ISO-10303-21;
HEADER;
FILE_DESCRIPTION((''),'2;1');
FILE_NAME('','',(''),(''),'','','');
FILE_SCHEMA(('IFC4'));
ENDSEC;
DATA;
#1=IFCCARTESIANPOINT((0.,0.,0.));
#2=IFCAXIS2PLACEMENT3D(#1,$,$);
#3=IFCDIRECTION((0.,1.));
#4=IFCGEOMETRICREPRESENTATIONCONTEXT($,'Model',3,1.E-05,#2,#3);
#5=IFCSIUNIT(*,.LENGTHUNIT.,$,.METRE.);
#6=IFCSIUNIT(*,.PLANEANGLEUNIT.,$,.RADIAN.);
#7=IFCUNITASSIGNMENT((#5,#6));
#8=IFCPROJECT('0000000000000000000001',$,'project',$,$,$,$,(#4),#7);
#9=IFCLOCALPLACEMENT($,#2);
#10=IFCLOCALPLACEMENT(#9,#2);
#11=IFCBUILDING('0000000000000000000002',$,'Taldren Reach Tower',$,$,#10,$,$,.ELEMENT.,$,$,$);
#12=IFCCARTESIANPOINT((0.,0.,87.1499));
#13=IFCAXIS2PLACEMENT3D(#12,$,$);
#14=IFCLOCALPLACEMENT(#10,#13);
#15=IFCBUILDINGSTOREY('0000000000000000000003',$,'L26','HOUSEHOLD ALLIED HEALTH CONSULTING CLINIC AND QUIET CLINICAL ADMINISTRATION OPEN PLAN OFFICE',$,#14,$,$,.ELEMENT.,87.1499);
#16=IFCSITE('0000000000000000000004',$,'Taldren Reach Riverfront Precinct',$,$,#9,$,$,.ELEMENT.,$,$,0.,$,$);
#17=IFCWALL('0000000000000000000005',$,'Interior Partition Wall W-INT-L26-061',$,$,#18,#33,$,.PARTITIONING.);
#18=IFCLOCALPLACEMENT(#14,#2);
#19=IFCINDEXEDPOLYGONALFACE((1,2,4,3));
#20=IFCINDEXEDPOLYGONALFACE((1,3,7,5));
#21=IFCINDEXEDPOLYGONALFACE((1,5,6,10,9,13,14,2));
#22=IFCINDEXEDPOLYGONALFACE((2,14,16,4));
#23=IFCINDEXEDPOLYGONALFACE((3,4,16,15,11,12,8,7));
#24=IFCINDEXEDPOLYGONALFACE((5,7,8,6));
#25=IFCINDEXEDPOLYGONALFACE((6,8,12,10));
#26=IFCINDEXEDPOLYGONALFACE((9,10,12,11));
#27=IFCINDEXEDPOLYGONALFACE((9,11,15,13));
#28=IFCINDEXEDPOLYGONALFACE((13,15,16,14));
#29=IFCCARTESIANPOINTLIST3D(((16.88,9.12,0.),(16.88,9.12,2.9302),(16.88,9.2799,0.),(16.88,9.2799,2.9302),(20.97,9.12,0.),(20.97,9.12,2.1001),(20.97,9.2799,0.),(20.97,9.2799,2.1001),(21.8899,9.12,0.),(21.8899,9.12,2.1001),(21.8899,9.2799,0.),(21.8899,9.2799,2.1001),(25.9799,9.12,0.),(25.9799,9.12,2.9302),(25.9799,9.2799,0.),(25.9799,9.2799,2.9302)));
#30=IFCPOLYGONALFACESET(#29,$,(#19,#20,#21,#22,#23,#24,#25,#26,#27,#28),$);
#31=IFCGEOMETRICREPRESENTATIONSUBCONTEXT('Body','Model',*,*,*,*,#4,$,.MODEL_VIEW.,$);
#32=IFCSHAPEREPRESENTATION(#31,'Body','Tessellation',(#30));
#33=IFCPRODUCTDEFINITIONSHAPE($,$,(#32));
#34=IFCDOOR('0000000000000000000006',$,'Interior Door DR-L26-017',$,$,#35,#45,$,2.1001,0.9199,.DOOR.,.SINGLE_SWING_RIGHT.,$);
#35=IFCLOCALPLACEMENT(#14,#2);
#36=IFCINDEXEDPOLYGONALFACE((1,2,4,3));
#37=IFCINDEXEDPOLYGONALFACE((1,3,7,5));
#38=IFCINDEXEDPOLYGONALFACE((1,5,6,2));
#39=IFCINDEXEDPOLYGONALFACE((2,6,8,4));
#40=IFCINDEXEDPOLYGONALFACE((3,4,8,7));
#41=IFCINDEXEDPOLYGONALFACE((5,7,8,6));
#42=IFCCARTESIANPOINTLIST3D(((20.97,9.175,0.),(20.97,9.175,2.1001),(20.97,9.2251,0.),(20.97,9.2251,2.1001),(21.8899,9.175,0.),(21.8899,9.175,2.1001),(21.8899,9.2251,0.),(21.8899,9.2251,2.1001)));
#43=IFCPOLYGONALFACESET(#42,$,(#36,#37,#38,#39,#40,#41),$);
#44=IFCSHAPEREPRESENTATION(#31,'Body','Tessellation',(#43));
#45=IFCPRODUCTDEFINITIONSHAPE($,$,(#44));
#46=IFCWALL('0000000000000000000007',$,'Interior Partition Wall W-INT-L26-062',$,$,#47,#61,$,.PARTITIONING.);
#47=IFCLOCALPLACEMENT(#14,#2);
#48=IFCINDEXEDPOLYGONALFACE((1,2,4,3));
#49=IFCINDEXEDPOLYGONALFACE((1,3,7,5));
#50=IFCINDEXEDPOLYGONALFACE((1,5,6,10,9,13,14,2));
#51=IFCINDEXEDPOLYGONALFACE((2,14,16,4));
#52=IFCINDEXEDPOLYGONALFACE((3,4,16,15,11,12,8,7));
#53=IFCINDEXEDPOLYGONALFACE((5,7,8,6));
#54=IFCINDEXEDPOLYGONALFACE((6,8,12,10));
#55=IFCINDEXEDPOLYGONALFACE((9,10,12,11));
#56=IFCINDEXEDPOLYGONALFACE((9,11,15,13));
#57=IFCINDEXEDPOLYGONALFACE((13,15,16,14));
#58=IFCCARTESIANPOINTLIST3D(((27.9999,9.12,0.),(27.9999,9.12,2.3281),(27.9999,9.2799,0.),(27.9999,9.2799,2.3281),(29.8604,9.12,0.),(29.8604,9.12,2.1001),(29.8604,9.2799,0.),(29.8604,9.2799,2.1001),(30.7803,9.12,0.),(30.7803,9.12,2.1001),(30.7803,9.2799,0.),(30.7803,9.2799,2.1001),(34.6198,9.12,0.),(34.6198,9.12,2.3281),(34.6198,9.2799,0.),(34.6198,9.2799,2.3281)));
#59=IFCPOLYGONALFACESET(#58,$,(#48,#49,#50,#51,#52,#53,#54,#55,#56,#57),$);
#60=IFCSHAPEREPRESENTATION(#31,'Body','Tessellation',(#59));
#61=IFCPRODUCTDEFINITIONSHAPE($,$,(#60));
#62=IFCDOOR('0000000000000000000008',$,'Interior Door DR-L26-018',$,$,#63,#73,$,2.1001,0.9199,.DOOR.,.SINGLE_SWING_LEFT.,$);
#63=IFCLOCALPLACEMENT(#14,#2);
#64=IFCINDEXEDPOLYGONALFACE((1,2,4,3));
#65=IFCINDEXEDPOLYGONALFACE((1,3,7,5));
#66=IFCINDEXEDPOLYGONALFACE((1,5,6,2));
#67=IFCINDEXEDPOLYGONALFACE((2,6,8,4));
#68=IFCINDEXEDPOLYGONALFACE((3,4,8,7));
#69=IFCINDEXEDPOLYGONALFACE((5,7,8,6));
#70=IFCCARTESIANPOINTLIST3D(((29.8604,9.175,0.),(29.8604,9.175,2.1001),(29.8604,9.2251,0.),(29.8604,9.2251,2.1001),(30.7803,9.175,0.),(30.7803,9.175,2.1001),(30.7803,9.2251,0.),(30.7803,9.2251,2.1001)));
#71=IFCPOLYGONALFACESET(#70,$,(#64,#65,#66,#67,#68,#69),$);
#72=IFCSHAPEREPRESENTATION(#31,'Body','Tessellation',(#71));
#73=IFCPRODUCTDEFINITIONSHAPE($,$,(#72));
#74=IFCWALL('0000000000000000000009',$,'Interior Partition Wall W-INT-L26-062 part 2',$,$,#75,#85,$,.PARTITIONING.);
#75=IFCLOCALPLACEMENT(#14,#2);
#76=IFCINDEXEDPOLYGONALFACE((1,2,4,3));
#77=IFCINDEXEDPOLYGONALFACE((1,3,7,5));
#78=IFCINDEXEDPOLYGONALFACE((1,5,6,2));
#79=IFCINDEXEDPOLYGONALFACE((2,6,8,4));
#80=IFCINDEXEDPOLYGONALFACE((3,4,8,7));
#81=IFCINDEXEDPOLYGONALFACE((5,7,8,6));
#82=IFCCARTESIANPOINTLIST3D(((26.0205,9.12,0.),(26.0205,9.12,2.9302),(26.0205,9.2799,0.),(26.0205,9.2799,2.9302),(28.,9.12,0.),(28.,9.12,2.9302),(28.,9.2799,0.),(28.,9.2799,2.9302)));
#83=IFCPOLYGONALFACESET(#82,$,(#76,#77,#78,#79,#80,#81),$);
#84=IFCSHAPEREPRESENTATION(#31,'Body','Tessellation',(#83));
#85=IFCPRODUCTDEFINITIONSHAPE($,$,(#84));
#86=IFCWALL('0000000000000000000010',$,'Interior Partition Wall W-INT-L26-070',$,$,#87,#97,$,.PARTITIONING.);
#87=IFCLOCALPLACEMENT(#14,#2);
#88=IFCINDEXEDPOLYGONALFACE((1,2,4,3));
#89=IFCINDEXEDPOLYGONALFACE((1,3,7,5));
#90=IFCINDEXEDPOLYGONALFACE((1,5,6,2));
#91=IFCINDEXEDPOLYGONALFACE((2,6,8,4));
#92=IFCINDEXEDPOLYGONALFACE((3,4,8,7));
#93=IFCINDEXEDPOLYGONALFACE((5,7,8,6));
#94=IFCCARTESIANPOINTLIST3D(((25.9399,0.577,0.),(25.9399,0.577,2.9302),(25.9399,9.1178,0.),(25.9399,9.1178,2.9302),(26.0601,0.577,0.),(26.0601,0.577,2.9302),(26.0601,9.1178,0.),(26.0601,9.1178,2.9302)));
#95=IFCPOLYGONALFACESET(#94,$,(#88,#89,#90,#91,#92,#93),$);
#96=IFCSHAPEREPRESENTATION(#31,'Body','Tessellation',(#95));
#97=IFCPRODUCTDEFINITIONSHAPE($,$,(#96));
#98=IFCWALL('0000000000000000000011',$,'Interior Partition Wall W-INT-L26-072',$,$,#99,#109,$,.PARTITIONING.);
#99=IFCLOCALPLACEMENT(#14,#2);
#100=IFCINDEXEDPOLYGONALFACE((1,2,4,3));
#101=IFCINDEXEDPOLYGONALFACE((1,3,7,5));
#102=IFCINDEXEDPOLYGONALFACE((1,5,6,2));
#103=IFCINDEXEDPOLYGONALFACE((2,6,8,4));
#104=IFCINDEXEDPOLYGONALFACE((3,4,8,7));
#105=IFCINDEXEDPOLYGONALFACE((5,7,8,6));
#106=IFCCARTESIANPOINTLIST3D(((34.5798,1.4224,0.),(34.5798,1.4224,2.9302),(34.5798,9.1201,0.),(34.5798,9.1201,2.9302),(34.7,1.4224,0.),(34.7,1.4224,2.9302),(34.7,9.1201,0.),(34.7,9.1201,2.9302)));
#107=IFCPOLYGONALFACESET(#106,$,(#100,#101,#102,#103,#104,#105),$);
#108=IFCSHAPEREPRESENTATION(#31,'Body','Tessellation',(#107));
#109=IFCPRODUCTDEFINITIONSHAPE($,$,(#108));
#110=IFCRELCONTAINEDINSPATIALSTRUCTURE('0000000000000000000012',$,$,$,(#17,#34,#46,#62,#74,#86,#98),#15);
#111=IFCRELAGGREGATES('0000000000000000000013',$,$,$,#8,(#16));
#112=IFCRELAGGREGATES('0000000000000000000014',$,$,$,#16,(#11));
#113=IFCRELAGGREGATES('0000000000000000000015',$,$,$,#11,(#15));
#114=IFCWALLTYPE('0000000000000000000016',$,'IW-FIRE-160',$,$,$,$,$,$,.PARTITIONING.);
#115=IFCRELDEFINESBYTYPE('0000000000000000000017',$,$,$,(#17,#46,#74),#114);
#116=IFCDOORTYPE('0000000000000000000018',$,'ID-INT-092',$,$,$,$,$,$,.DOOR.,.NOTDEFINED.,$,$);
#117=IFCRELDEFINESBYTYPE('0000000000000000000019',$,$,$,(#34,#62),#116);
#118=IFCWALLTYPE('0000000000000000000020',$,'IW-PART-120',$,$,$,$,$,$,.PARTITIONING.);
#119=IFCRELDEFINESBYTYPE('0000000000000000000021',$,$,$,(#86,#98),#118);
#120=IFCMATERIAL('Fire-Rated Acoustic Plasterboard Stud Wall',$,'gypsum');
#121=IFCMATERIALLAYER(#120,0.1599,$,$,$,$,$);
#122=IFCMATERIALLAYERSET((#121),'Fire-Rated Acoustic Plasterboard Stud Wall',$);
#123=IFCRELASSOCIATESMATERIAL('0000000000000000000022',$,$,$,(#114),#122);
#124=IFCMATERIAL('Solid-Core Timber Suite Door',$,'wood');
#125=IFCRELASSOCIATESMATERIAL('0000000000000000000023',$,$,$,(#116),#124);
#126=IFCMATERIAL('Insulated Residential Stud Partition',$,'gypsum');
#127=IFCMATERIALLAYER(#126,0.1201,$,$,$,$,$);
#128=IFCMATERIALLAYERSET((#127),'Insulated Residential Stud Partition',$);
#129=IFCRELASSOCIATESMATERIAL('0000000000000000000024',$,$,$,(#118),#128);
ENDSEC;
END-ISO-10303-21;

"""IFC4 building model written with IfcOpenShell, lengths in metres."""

from ifc_helpers import new_model, si_unit, direction, frame, frame_2d, origin, place, context, subcontext, project, spatial, rectangle, extrude, source, transform, mapped, material, layer, layer_set, type_object, element, fill, save


model = new_model("IFC4")

# Units and contexts
model_context = context("Model", 3, precision=1e-05, world=origin(), true_north=direction((0.0, 1.0)))
body_context = subcontext(model_context, "Body", "Model", "MODEL_VIEW")
ifc_project = project(units=[si_unit("LENGTHUNIT", "METRE"), si_unit("PLANEANGLEUNIT", "RADIAN")], contexts=[model_context])

# Site, building, storey
site_placement = place(None, origin())
site = spatial("IfcSite", under=ifc_project, at=site_placement, Name="Taldren Reach Riverfront Precinct", CompositionType="ELEMENT", RefElevation=0.0)
building_placement = place(site_placement, origin())
building = spatial("IfcBuilding", under=site, at=building_placement, Name="Taldren Reach Tower", CompositionType="ELEMENT")
storey_placement = place(building_placement, frame((0.0, 0.0, 87.1499)))
storey = spatial("IfcBuildingStorey", under=building, at=storey_placement, Name="L26", Description="HOUSEHOLD ALLIED HEALTH CONSULTING CLINIC AND QUIET CLINICAL ADMINISTRATION OPEN PLAN OFFICE", CompositionType="ELEMENT", Elevation=87.1499)

# Shared definitions
ifc_material_1 = material(Name="Fire-Rated Acoustic Plasterboard Stud Wall", Category="gypsum")
ifc_layer_1 = layer(ifc_material_1, 0.1599)
ifc_layer_set_1 = layer_set([ifc_layer_1], Name="Fire-Rated Acoustic Plasterboard Stud Wall")
wall_type_1 = type_object("IfcWallType", Name="IW-FIRE-160", PredefinedType="PARTITIONING", material=ifc_layer_set_1)

# Shared definitions
shared_shape_1 = source(origin(), body_context, "Body", "SweptSolid", [
    extrude(rectangle(XDim=0.9199, YDim=2.1001, at=frame_2d((0.46, 1.05))), frame((0.0, 0.0898, 0.0), z_axis=(0.0, -1.0, 0.0), x_axis=(1.0, 0.0, 0.0)), (0.0, 0.0, 1.0), 0.1799),
])
ifc_material_2 = material(Name="Solid-Core Timber Suite Door", Category="wood")
door_type_1 = type_object("IfcDoorType", Name="ID-INT-092", OperationType="NOTDEFINED", PredefinedType="DOOR", material=ifc_material_2)
shared_shape_2 = source(origin(), body_context, "Body", "SweptSolid", [
    extrude(rectangle(XDim=0.9199, YDim=2.1001, at=frame_2d((0.46, 1.05))), frame((0.0, 0.0249, 0.0), z_axis=(0.0, -1.0, 0.0), x_axis=(1.0, 0.0, 0.0)), (0.0, 0.0, 1.0), 0.05),
])

# Shared definitions
ifc_material_3 = material(Name="Insulated Residential Stud Partition", Category="gypsum")
ifc_layer_2 = layer(ifc_material_3, 0.1201)
ifc_layer_set_2 = layer_set([ifc_layer_2], Name="Insulated Residential Stud Partition")
wall_type_2 = type_object("IfcWallType", Name="IW-PART-120", PredefinedType="PARTITIONING", material=ifc_layer_set_2)

# Walls, openings, doors
shared_shape_3 = source(origin(), body_context, "Body", "SweptSolid", [
    extrude(rectangle(XDim=9.0999, YDim=0.1599, at=frame_2d((4.5498, 0.0))), origin(), (0.0, 0.0, 1.0), 2.9302),
])
wall_1_placement = place(storey_placement, frame((25.9797, 9.2, 0.0), z_axis=(0.0, 0.0, 1.0), x_axis=(-1.0, 0.0, 0.0)))
wall_1 = element("IfcWall", 1, at=wall_1_placement, inside=storey, type_object=wall_type_1, Name="Interior Partition Wall W-INT-L26-061", PredefinedType="PARTITIONING", context=body_context, shape_type="MappedRepresentation", body=[
    mapped(shared_shape_3, transform((0.0, 0.0, 0.0), scale=1.0)),
])
opening_1_placement = place(wall_1_placement, frame((4.0898, 0.0, 0.0)))
opening_1 = element("IfcOpeningElement", 2, at=opening_1_placement, cuts=wall_1, PredefinedType="OPENING", context=body_context, shape_type="MappedRepresentation", body=[
    mapped(shared_shape_1, transform((0.0, 0.0, 0.0), scale=1.0)),
])
door_1_placement = place(opening_1_placement, origin())
door_1 = element("IfcDoor", 3, at=door_1_placement, inside=storey, type_object=door_type_1, Name="Interior Door DR-L26-017", OperationType="SINGLE_SWING_RIGHT", OverallHeight=2.1001, OverallWidth=0.9199, PredefinedType="DOOR", context=body_context, shape_type="MappedRepresentation", body=[
    mapped(shared_shape_2, transform((0.0, 0.0, 0.0), scale=1.0)),
])
fill(opening_1, door_1)
shared_shape_4 = source(origin(), body_context, "Body", "SweptSolid", [
    extrude(rectangle(XDim=6.6199, YDim=0.1599, at=frame_2d((3.3101, 0.0))), origin(), (0.0, 0.0, 1.0), 2.3281),
])
wall_2_placement = place(storey_placement, frame((34.6199, 9.2, 0.0), z_axis=(0.0, 0.0, 1.0), x_axis=(-1.0, 0.0, 0.0)))
wall_2 = element("IfcWall", 4, at=wall_2_placement, inside=storey, type_object=wall_type_1, Name="Interior Partition Wall W-INT-L26-062", PredefinedType="PARTITIONING", context=body_context, shape_type="MappedRepresentation", body=[
    mapped(shared_shape_4, transform((0.0, 0.0, 0.0), scale=1.0)),
])
opening_2_placement = place(wall_2_placement, frame((3.8396, 0.0, 0.0)))
opening_2 = element("IfcOpeningElement", 5, at=opening_2_placement, cuts=wall_2, PredefinedType="OPENING", context=body_context, shape_type="MappedRepresentation", body=[
    mapped(shared_shape_1, transform((0.0, 0.0, 0.0), scale=1.0)),
])
door_2_placement = place(opening_2_placement, origin())
door_2 = element("IfcDoor", 6, at=door_2_placement, inside=storey, type_object=door_type_1, Name="Interior Door DR-L26-018", OperationType="SINGLE_SWING_LEFT", OverallHeight=2.1001, OverallWidth=0.9199, PredefinedType="DOOR", context=body_context, shape_type="MappedRepresentation", body=[
    mapped(shared_shape_2, transform((0.0, 0.0, 0.0), scale=1.0)),
])
fill(opening_2, door_2)

# Walls
shared_shape_5 = source(origin(), body_context, "Body", "SweptSolid", [
    extrude(rectangle(XDim=1.9795, YDim=0.1599, at=frame_2d((0.9897, 0.0))), origin(), (0.0, 0.0, 1.0), 2.9302),
])
wall_3_placement = place(storey_placement, frame((28.0, 9.2, 0.0), z_axis=(0.0, 0.0, 1.0), x_axis=(-1.0, 0.0, 0.0)))
element("IfcWall", 7, at=wall_3_placement, inside=storey, type_object=wall_type_1, Name="Interior Partition Wall W-INT-L26-062 part 2", PredefinedType="PARTITIONING", context=body_context, shape_type="MappedRepresentation", body=[
    mapped(shared_shape_5, transform((0.0, 0.0, 0.0), scale=1.0)),
])
shared_shape_6 = source(origin(), body_context, "Body", "SweptSolid", [
    extrude(rectangle(XDim=8.5408, YDim=0.1201, at=frame_2d((4.2705, 0.0))), origin(), (0.0, 0.0, 1.0), 2.9302),
])
wall_4_placement = place(storey_placement, frame((26.0, 9.1179, 0.0), z_axis=(0.0, 0.0, 1.0), x_axis=(0.0, -1.0, 0.0)))
element("IfcWall", 8, at=wall_4_placement, inside=storey, type_object=wall_type_2, Name="Interior Partition Wall W-INT-L26-070", PredefinedType="PARTITIONING", context=body_context, shape_type="MappedRepresentation", body=[
    mapped(shared_shape_6, transform((0.0, 0.0, 0.0), scale=1.0)),
])
shared_shape_7 = source(origin(), body_context, "Body", "SweptSolid", [
    extrude(rectangle(XDim=7.6978, YDim=0.1201, at=frame_2d((3.8489, 0.0))), origin(), (0.0, 0.0, 1.0), 2.9302),
])
wall_5_placement = place(storey_placement, frame((34.6399, 9.1201, 0.0), z_axis=(0.0, 0.0, 1.0), x_axis=(0.0, -1.0, 0.0)))
element("IfcWall", 9, at=wall_5_placement, inside=storey, type_object=wall_type_2, Name="Interior Partition Wall W-INT-L26-072", PredefinedType="PARTITIONING", context=body_context, shape_type="MappedRepresentation", body=[
    mapped(shared_shape_7, transform((0.0, 0.0, 0.0), scale=1.0)),
])

save(model, "model.ifc")
